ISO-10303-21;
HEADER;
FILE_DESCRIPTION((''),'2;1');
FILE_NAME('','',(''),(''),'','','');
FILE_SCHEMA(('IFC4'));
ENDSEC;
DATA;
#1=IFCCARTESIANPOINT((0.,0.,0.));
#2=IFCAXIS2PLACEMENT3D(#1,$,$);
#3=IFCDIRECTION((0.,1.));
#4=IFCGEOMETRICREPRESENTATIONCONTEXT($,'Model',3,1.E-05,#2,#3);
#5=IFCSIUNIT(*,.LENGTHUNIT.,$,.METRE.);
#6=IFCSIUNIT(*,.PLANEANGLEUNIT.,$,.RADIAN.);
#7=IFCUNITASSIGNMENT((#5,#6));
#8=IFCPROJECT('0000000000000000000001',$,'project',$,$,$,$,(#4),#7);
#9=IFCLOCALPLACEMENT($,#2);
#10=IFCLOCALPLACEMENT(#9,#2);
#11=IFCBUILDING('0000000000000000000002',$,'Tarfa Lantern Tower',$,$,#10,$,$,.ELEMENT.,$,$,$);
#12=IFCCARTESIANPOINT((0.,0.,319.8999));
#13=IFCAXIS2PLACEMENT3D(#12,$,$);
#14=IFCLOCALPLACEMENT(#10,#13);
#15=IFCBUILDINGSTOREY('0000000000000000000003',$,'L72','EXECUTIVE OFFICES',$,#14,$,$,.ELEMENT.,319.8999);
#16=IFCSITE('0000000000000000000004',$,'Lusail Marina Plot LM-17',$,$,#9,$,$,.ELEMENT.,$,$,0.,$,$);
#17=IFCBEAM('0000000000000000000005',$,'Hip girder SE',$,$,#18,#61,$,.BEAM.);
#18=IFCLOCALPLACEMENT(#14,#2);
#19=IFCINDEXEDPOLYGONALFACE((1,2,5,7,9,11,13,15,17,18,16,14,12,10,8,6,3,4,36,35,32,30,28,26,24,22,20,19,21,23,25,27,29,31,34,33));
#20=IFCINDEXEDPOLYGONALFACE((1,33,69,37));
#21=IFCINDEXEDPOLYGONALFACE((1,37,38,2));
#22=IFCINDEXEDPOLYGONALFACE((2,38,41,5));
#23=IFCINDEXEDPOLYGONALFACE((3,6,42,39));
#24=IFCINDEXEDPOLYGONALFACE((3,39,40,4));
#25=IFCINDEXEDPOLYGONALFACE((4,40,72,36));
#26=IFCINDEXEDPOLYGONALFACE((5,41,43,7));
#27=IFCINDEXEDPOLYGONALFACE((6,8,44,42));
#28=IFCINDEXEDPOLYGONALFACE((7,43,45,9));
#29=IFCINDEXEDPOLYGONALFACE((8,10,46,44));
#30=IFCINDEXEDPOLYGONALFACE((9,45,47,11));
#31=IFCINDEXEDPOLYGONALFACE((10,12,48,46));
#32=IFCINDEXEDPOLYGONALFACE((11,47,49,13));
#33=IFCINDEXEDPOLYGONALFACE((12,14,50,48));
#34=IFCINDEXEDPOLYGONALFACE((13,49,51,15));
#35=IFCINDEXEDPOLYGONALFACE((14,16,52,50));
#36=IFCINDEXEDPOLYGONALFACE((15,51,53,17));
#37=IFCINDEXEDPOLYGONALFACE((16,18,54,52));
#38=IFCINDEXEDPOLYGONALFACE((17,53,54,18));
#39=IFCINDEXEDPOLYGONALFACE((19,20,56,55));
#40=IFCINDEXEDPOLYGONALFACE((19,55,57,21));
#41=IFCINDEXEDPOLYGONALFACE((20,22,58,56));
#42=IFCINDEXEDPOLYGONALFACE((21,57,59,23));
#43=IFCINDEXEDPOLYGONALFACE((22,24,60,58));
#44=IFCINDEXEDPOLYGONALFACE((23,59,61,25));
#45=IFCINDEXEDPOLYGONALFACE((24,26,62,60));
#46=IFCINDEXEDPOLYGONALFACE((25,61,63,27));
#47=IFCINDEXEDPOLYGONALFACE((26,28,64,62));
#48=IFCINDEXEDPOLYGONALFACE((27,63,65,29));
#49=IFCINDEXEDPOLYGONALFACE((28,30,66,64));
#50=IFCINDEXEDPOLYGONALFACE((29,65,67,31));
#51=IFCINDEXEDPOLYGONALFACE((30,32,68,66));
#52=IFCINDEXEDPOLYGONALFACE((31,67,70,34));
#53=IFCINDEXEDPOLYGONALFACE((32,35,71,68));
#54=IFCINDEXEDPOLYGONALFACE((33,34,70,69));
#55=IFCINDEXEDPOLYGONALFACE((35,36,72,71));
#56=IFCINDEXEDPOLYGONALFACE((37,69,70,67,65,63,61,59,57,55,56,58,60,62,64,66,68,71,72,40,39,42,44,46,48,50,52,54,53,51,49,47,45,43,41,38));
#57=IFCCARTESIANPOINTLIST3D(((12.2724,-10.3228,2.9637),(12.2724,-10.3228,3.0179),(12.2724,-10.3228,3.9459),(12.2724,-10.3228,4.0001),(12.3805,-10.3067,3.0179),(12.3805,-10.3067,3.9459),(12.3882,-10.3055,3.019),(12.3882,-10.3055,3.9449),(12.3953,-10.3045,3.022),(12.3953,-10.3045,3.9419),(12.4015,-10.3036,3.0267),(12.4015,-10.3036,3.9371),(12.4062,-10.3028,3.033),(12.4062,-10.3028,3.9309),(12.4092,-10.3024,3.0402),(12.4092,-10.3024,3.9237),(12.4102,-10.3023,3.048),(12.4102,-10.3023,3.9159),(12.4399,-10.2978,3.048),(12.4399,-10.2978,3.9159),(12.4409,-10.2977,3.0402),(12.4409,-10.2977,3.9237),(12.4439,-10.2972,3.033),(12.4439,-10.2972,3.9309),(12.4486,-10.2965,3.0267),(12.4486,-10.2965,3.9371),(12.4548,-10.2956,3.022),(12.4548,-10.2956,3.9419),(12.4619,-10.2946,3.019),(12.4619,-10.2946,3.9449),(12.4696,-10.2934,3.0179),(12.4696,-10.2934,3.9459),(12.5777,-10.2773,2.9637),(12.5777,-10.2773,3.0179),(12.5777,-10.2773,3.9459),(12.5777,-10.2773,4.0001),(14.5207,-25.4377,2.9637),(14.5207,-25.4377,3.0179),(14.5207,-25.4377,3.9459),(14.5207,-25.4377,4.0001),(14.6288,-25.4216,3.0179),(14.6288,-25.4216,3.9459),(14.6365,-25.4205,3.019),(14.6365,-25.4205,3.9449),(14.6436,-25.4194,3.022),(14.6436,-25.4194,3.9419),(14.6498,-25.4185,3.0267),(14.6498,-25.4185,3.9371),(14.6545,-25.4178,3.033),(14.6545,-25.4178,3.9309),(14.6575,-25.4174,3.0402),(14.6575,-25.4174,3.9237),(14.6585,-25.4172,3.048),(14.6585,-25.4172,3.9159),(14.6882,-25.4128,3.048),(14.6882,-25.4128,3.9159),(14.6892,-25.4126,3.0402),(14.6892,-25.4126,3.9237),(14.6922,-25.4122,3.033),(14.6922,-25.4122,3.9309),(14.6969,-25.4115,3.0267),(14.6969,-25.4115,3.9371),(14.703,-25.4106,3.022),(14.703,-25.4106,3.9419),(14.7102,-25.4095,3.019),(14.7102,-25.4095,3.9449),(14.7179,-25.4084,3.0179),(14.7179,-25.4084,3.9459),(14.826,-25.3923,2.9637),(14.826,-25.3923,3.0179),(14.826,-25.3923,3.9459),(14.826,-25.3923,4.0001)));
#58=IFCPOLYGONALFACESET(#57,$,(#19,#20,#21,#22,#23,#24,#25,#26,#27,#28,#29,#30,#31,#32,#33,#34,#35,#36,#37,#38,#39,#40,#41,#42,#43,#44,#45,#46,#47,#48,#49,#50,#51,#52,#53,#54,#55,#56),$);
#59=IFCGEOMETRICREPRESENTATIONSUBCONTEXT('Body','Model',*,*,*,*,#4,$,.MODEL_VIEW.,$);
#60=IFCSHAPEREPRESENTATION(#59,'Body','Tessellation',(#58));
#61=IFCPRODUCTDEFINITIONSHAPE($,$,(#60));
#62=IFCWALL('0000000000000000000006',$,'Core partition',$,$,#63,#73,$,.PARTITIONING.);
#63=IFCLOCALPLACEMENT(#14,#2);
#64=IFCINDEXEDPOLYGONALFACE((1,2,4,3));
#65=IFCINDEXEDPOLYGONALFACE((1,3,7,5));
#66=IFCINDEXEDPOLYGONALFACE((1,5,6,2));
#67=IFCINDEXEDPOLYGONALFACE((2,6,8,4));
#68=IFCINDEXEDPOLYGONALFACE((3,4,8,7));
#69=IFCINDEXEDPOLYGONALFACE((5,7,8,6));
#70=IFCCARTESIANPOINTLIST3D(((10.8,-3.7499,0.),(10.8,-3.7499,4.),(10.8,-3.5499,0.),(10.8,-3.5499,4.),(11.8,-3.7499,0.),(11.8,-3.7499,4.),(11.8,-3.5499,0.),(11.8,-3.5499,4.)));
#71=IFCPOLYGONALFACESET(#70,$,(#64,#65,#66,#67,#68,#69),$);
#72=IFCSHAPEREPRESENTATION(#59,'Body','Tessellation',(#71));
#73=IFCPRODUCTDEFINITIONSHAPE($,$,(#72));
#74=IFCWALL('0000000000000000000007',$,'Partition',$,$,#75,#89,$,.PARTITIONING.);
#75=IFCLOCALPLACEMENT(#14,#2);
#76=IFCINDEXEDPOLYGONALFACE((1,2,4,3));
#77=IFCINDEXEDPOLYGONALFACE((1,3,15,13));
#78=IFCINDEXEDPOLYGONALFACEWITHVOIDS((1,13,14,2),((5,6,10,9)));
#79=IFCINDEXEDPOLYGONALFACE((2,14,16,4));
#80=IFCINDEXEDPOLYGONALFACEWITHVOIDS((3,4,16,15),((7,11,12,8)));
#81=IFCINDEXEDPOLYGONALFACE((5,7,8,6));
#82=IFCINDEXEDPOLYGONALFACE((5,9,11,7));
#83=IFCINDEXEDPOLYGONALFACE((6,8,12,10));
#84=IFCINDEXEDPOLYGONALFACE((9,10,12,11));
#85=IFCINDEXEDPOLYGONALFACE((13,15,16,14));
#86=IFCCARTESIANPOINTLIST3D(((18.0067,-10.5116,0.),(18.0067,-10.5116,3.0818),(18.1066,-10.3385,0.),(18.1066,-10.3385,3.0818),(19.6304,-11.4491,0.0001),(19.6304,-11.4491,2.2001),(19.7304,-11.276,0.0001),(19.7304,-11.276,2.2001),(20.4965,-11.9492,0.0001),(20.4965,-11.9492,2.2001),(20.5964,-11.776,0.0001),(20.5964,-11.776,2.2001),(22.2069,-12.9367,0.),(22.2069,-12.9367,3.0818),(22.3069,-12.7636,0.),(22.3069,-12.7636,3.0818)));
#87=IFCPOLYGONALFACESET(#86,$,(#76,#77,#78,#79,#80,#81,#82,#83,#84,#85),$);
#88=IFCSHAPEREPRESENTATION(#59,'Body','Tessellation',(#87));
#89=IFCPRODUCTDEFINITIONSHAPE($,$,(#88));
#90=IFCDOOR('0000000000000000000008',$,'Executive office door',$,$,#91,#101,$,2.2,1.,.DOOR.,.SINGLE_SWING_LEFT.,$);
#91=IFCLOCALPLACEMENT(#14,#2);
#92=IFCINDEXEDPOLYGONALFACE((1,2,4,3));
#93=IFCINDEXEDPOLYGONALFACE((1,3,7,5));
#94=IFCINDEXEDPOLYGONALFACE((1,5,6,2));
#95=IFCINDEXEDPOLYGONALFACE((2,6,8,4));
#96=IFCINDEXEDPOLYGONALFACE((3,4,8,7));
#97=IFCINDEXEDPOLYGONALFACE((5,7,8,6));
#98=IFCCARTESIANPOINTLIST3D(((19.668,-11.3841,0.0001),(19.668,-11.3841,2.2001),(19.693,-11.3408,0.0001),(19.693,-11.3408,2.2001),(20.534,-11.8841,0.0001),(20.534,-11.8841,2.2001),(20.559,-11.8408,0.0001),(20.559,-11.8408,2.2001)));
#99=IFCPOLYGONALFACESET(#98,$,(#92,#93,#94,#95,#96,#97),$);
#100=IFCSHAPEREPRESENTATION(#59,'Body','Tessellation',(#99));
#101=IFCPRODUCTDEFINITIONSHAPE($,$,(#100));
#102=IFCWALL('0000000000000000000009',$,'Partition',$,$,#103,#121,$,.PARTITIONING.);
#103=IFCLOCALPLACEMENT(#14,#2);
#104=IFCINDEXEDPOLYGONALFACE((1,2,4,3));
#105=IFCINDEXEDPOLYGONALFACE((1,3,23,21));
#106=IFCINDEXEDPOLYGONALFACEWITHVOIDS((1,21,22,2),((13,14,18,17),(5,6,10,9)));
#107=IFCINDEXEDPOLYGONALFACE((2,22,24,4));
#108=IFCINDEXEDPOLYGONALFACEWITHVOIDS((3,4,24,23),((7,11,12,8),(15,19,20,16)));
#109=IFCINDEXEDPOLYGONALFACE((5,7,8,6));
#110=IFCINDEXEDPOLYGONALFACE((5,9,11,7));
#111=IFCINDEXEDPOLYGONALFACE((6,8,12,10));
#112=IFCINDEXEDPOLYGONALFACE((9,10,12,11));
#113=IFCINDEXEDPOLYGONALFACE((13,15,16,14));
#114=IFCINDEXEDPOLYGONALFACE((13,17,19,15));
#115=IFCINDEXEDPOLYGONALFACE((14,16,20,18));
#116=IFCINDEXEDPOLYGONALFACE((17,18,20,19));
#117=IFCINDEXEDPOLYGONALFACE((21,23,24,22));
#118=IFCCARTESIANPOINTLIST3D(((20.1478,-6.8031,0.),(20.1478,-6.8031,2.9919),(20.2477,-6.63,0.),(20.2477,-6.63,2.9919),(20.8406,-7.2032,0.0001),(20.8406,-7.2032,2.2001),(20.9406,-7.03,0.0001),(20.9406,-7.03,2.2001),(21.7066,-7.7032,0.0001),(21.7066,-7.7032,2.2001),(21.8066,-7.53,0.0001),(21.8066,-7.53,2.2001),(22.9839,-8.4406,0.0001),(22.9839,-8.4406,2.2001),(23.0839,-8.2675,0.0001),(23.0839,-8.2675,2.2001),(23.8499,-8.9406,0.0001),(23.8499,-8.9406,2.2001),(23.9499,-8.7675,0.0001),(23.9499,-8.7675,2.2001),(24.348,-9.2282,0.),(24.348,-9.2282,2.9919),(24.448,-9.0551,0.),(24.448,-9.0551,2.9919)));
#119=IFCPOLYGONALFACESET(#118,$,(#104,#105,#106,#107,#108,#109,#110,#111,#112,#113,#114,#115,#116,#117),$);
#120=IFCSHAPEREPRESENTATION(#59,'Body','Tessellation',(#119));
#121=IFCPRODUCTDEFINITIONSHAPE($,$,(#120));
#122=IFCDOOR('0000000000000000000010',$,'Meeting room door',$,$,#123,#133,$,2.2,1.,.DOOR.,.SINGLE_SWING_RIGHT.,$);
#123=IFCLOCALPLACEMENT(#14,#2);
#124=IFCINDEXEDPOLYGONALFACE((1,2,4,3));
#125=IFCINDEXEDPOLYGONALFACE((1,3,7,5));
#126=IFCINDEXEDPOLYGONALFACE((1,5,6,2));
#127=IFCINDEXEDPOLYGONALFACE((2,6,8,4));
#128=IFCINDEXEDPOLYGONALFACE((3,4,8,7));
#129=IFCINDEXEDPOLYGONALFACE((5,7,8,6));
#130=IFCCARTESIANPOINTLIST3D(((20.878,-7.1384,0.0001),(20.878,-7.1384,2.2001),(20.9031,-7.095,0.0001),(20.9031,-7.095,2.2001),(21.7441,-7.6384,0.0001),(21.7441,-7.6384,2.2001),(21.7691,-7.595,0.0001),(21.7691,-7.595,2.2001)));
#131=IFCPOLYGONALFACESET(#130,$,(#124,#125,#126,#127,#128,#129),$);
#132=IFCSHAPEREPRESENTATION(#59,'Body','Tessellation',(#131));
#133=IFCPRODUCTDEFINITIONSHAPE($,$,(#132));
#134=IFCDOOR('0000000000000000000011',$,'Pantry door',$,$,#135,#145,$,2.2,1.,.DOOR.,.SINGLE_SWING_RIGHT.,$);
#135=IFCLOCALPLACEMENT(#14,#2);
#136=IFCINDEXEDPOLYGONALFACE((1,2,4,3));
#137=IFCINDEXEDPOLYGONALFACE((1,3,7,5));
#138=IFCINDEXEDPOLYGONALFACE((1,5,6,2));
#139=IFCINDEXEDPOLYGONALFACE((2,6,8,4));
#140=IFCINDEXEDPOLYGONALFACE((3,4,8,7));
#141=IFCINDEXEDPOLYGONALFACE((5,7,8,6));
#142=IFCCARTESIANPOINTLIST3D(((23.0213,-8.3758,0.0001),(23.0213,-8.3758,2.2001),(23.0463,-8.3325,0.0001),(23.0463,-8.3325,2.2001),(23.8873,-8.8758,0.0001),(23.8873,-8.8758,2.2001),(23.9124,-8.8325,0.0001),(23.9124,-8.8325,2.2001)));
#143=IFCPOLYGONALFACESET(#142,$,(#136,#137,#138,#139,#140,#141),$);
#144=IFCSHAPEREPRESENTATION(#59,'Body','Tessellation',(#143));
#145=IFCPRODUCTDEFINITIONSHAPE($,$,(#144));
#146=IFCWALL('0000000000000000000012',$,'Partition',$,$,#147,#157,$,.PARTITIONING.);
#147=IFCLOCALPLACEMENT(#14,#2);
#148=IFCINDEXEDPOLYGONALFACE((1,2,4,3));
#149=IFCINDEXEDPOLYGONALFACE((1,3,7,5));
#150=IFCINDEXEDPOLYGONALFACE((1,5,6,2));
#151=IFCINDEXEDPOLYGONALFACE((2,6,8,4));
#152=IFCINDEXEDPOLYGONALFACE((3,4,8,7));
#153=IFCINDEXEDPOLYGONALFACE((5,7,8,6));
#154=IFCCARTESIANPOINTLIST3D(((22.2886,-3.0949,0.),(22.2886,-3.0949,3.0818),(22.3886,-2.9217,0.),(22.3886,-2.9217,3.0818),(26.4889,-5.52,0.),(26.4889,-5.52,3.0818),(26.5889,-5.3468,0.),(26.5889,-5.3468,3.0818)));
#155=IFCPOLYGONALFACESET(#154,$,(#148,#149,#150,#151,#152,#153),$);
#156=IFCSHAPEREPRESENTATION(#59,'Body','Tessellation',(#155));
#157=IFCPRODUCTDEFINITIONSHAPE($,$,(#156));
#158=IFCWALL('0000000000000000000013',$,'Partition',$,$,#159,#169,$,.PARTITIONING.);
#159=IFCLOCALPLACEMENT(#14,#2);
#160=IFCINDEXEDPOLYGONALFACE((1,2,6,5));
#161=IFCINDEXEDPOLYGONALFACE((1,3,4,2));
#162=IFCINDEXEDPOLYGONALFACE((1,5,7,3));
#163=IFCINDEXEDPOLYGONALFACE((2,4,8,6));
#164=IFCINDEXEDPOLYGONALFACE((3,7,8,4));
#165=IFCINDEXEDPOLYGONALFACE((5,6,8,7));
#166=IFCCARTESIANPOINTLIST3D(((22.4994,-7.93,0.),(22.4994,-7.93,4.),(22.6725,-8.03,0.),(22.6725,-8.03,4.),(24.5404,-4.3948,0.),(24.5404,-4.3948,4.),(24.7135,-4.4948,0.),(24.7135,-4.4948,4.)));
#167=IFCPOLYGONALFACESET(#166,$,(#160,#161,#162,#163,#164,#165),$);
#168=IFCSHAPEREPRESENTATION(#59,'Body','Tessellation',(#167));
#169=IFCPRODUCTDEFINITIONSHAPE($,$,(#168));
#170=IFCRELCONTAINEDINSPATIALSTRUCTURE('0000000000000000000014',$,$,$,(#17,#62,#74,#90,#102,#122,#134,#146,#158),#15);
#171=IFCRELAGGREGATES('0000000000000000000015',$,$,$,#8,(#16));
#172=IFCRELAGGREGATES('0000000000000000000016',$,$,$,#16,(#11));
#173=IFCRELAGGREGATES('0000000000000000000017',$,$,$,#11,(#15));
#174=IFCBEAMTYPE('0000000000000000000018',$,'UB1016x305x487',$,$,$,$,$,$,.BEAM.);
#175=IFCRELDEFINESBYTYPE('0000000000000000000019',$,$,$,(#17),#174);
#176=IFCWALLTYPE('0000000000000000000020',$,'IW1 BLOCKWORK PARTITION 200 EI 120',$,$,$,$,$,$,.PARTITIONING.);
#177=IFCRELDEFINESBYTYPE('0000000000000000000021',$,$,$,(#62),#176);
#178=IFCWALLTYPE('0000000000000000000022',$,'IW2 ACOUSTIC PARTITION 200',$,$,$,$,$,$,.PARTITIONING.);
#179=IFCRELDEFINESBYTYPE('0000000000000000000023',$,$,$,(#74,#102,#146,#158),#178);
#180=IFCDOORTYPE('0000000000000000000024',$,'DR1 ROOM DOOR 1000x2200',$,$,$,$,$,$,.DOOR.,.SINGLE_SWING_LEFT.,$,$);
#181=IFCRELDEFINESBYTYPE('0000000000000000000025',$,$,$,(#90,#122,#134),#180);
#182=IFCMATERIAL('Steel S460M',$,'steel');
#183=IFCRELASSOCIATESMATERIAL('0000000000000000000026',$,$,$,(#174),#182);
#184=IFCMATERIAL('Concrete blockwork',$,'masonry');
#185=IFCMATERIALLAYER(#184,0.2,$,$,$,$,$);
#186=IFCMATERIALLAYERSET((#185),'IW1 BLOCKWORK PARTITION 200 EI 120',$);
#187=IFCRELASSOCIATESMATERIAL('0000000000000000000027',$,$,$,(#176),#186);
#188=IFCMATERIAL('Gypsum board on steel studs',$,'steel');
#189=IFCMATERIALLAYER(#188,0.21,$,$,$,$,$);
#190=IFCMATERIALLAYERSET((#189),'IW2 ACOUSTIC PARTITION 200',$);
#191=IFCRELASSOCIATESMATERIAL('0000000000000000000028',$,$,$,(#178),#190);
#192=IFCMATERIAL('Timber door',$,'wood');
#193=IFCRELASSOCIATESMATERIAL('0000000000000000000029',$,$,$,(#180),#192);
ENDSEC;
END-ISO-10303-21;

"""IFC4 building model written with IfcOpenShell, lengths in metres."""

from ifc_helpers import new_model, si_unit, direction, frame, frame_2d, origin, origin_2d, place, context, subcontext, project, spatial, rectangle, i_section, extrude, material, layer, layer_set, material_profile, profile_set, type_object, element, fill, save


model = new_model("IFC4")

# Units and contexts
model_context = context("Model", 3, precision=1e-05, world=origin(), true_north=direction((0.0, 1.0)))
body_context = subcontext(model_context, "Body", "Model", "MODEL_VIEW")
ifc_project = project(units=[si_unit("LENGTHUNIT", "METRE"), si_unit("PLANEANGLEUNIT", "RADIAN")], contexts=[model_context])

# Site, building, storey
site_placement = place(None, origin())
site = spatial("IfcSite", under=ifc_project, at=site_placement, Name="Lusail Marina Plot LM-17", CompositionType="ELEMENT", RefElevation=0.0)
building_placement = place(site_placement, origin())
building = spatial("IfcBuilding", under=site, at=building_placement, Name="Tarfa Lantern Tower", CompositionType="ELEMENT")
storey_placement = place(building_placement, frame((0.0, 0.0, 319.8999)))
storey = spatial("IfcBuildingStorey", under=building, at=storey_placement, Name="L72", Description="EXECUTIVE OFFICES", CompositionType="ELEMENT", Elevation=319.8999)

# Beam
ifc_material_1 = material(Name="Steel S460M", Category="steel")
ifc_material_profile = material_profile(ifc_material_1, i_section(OverallWidth=0.3086, OverallDepth=1.0364, WebThickness=0.03, FlangeThickness=0.0542, FilletRadius=0.03, at=origin_2d()), Name="UB1016x305x487")
ifc_profile_set = profile_set([ifc_material_profile], Name="Steel S460M")
beam_type = type_object("IfcBeamType", Name="UB1016x305x487", PredefinedType="BEAM", material=ifc_profile_set)
beam_placement = place(storey_placement, frame((12.425, -10.3, 3.4819), z_axis=(0.147127, -0.989118, 0.0), x_axis=(0.989118, 0.147127, 0.0)))
element("IfcBeam", 1, at=beam_placement, inside=storey, type_object=beam_type, Name="Hip girder SE", PredefinedType="BEAM", context=body_context, shape_type="SweptSolid", body=[
    extrude(i_section(OverallWidth=0.3086, OverallDepth=1.0364, WebThickness=0.03, FlangeThickness=0.0542, FilletRadius=0.03, at=origin_2d()), origin(), (0.0, 0.0, 1.0), 15.2812),
])

# Wall
ifc_material_2 = material(Name="Concrete blockwork", Category="masonry")
ifc_layer_1 = layer(ifc_material_2, 0.2)
ifc_layer_set_1 = layer_set([ifc_layer_1], Name="IW1 BLOCKWORK PARTITION 200 EI 120")
wall_type_1 = type_object("IfcWallType", Name="IW1 BLOCKWORK PARTITION 200 EI 120", PredefinedType="PARTITIONING", material=ifc_layer_set_1)
wall_1_placement = place(storey_placement, frame((11.8, -3.6499, 0.0), z_axis=(0.0, 0.0, 1.0), x_axis=(-1.0, 0.0, 0.0)))
element("IfcWall", 2, at=wall_1_placement, inside=storey, type_object=wall_type_1, Name="Core partition", PredefinedType="PARTITIONING", context=body_context, shape_type="SweptSolid", body=[
    extrude(rectangle(XDim=1.0, YDim=0.2, at=frame_2d((0.5, 0.0))), origin(), (0.0, 0.0, 1.0), 4.0),
])

# Wall, opening, door
ifc_material_3 = material(Name="Gypsum board on steel studs", Category="steel")
ifc_layer_2 = layer(ifc_material_3, 0.21)
ifc_layer_set_2 = layer_set([ifc_layer_2], Name="IW2 ACOUSTIC PARTITION 200")
wall_type_2 = type_object("IfcWallType", Name="IW2 ACOUSTIC PARTITION 200", PredefinedType="PARTITIONING", material=ifc_layer_set_2)
wall_2_placement = place(storey_placement, frame((18.0566, -10.425, 0.0), z_axis=(0.0, 0.0, 1.0), x_axis=(0.86602, -0.50001, 0.0)))
wall_2 = element("IfcWall", 3, at=wall_2_placement, inside=storey, type_object=wall_type_2, Name="Partition", PredefinedType="PARTITIONING", context=body_context, shape_type="SweptSolid", body=[
    extrude(rectangle(XDim=4.8501, YDim=0.2, at=frame_2d((2.425, 0.0))), origin(), (0.0, 0.0, 1.0), 3.0818),
])
opening_1_placement = place(wall_2_placement, frame((1.875, 0.0, 0.0)))
opening_1 = element("IfcOpeningElement", 4, at=opening_1_placement, cuts=wall_2, PredefinedType="OPENING", context=body_context, shape_type="SweptSolid", body=[
    extrude(rectangle(XDim=1.0, YDim=2.2, at=frame_2d((0.5, 1.1001))), frame((0.0, 0.1099, 0.0), z_axis=(0.0, -1.0, 0.0), x_axis=(1.0, 0.0, 0.0)), (0.0, 0.0, 1.0), 0.22),
])
ifc_material_4 = material(Name="Timber door", Category="wood")
door_type_1 = type_object("IfcDoorType", Name="DR1 ROOM DOOR 1000x2200", OperationType="SINGLE_SWING_LEFT", PredefinedType="DOOR", material=ifc_material_4)
door_1_placement = place(opening_1_placement, frame((1.0, 0.0, 0.0), z_axis=(0.0, 0.0, 1.0), x_axis=(-1.0, 0.0, 0.0)))
door_1 = element("IfcDoor", 5, at=door_1_placement, inside=storey, type_object=door_type_1, Name="Executive office door", OperationType="SINGLE_SWING_LEFT", OverallHeight=2.2, OverallWidth=1.0, PredefinedType="DOOR", context=body_context, shape_type="SweptSolid", body=[
    extrude(rectangle(XDim=1.0, YDim=2.2, at=frame_2d((0.5, 1.1001))), frame((0.0, 0.0249, 0.0), z_axis=(0.0, -1.0, 0.0), x_axis=(1.0, 0.0, 0.0)), (0.0, 0.0, 1.0), 0.05),
])
fill(opening_1, door_1)

# Wall, openings, doors
wall_3_placement = place(storey_placement, frame((20.1978, -6.7166, 0.0), z_axis=(0.0, 0.0, 1.0), x_axis=(0.86602, -0.50001, 0.0)))
wall_3 = element("IfcWall", 6, at=wall_3_placement, inside=storey, type_object=wall_type_2, Name="Partition", PredefinedType="PARTITIONING", context=body_context, shape_type="SweptSolid", body=[
    extrude(rectangle(XDim=4.8501, YDim=0.2, at=frame_2d((2.425, 0.0))), origin(), (0.0, 0.0, 1.0), 2.9919),
])
opening_2_placement = place(wall_3_placement, frame((0.8, 0.0, 0.0)))
opening_2 = element("IfcOpeningElement", 7, at=opening_2_placement, cuts=wall_3, PredefinedType="OPENING", context=body_context, shape_type="SweptSolid", body=[
    extrude(rectangle(XDim=1.0, YDim=2.2, at=frame_2d((0.5, 1.1001))), frame((0.0, 0.1099, 0.0), z_axis=(0.0, -1.0, 0.0), x_axis=(1.0, 0.0, 0.0)), (0.0, 0.0, 1.0), 0.22),
])
opening_3_placement = place(wall_3_placement, frame((3.2749, 0.0, 0.0)))
opening_3 = element("IfcOpeningElement", 8, at=opening_3_placement, cuts=wall_3, PredefinedType="OPENING", context=body_context, shape_type="SweptSolid", body=[
    extrude(rectangle(XDim=1.0, YDim=2.2, at=frame_2d((0.5, 1.1001))), frame((0.0, 0.1099, 0.0), z_axis=(0.0, -1.0, 0.0), x_axis=(1.0, 0.0, 0.0)), (0.0, 0.0, 1.0), 0.22),
])
door_2_placement = place(opening_2_placement, origin())
door_2 = element("IfcDoor", 9, at=door_2_placement, inside=storey, type_object=door_type_1, Name="Meeting room door", OperationType="SINGLE_SWING_RIGHT", OverallHeight=2.2, OverallWidth=1.0, PredefinedType="DOOR", context=body_context, shape_type="SweptSolid", body=[
    extrude(rectangle(XDim=1.0, YDim=2.2, at=frame_2d((0.5, 1.1001))), frame((0.0, 0.0249, 0.0), z_axis=(0.0, -1.0, 0.0), x_axis=(1.0, 0.0, 0.0)), (0.0, 0.0, 1.0), 0.05),
])
fill(opening_2, door_2)
door_3_placement = place(opening_3_placement, origin())
door_3 = element("IfcDoor", 10, at=door_3_placement, inside=storey, type_object=door_type_1, Name="Pantry door", OperationType="SINGLE_SWING_RIGHT", OverallHeight=2.2, OverallWidth=1.0, PredefinedType="DOOR", context=body_context, shape_type="SweptSolid", body=[
    extrude(rectangle(XDim=1.0, YDim=2.2, at=frame_2d((0.5, 1.1001))), frame((0.0, 0.0249, 0.0), z_axis=(0.0, -1.0, 0.0), x_axis=(1.0, 0.0, 0.0)), (0.0, 0.0, 1.0), 0.05),
])
fill(opening_3, door_3)

# Walls
wall_4_placement = place(storey_placement, frame((22.3386, -3.0083, 0.0), z_axis=(0.0, 0.0, 1.0), x_axis=(0.86602, -0.50001, 0.0)))
element("IfcWall", 11, at=wall_4_placement, inside=storey, type_object=wall_type_2, Name="Partition", PredefinedType="PARTITIONING", context=body_context, shape_type="SweptSolid", body=[
    extrude(rectangle(XDim=4.8501, YDim=0.2, at=frame_2d((2.425, 0.0))), origin(), (0.0, 0.0, 1.0), 3.0818),
])
wall_5_placement = place(storey_placement, frame((22.5859, -7.98, 0.0), z_axis=(0.0, 0.0, 1.0), x_axis=(0.499999, 0.866026, 0.0)))
element("IfcWall", 12, at=wall_5_placement, inside=storey, type_object=wall_type_2, Name="Partition", PredefinedType="PARTITIONING", context=body_context, shape_type="SweptSolid", body=[
    extrude(rectangle(XDim=4.082, YDim=0.2, at=frame_2d((2.041, 0.0))), origin(), (0.0, 0.0, 1.0), 4.0),
])

save(model, "model.ifc")
